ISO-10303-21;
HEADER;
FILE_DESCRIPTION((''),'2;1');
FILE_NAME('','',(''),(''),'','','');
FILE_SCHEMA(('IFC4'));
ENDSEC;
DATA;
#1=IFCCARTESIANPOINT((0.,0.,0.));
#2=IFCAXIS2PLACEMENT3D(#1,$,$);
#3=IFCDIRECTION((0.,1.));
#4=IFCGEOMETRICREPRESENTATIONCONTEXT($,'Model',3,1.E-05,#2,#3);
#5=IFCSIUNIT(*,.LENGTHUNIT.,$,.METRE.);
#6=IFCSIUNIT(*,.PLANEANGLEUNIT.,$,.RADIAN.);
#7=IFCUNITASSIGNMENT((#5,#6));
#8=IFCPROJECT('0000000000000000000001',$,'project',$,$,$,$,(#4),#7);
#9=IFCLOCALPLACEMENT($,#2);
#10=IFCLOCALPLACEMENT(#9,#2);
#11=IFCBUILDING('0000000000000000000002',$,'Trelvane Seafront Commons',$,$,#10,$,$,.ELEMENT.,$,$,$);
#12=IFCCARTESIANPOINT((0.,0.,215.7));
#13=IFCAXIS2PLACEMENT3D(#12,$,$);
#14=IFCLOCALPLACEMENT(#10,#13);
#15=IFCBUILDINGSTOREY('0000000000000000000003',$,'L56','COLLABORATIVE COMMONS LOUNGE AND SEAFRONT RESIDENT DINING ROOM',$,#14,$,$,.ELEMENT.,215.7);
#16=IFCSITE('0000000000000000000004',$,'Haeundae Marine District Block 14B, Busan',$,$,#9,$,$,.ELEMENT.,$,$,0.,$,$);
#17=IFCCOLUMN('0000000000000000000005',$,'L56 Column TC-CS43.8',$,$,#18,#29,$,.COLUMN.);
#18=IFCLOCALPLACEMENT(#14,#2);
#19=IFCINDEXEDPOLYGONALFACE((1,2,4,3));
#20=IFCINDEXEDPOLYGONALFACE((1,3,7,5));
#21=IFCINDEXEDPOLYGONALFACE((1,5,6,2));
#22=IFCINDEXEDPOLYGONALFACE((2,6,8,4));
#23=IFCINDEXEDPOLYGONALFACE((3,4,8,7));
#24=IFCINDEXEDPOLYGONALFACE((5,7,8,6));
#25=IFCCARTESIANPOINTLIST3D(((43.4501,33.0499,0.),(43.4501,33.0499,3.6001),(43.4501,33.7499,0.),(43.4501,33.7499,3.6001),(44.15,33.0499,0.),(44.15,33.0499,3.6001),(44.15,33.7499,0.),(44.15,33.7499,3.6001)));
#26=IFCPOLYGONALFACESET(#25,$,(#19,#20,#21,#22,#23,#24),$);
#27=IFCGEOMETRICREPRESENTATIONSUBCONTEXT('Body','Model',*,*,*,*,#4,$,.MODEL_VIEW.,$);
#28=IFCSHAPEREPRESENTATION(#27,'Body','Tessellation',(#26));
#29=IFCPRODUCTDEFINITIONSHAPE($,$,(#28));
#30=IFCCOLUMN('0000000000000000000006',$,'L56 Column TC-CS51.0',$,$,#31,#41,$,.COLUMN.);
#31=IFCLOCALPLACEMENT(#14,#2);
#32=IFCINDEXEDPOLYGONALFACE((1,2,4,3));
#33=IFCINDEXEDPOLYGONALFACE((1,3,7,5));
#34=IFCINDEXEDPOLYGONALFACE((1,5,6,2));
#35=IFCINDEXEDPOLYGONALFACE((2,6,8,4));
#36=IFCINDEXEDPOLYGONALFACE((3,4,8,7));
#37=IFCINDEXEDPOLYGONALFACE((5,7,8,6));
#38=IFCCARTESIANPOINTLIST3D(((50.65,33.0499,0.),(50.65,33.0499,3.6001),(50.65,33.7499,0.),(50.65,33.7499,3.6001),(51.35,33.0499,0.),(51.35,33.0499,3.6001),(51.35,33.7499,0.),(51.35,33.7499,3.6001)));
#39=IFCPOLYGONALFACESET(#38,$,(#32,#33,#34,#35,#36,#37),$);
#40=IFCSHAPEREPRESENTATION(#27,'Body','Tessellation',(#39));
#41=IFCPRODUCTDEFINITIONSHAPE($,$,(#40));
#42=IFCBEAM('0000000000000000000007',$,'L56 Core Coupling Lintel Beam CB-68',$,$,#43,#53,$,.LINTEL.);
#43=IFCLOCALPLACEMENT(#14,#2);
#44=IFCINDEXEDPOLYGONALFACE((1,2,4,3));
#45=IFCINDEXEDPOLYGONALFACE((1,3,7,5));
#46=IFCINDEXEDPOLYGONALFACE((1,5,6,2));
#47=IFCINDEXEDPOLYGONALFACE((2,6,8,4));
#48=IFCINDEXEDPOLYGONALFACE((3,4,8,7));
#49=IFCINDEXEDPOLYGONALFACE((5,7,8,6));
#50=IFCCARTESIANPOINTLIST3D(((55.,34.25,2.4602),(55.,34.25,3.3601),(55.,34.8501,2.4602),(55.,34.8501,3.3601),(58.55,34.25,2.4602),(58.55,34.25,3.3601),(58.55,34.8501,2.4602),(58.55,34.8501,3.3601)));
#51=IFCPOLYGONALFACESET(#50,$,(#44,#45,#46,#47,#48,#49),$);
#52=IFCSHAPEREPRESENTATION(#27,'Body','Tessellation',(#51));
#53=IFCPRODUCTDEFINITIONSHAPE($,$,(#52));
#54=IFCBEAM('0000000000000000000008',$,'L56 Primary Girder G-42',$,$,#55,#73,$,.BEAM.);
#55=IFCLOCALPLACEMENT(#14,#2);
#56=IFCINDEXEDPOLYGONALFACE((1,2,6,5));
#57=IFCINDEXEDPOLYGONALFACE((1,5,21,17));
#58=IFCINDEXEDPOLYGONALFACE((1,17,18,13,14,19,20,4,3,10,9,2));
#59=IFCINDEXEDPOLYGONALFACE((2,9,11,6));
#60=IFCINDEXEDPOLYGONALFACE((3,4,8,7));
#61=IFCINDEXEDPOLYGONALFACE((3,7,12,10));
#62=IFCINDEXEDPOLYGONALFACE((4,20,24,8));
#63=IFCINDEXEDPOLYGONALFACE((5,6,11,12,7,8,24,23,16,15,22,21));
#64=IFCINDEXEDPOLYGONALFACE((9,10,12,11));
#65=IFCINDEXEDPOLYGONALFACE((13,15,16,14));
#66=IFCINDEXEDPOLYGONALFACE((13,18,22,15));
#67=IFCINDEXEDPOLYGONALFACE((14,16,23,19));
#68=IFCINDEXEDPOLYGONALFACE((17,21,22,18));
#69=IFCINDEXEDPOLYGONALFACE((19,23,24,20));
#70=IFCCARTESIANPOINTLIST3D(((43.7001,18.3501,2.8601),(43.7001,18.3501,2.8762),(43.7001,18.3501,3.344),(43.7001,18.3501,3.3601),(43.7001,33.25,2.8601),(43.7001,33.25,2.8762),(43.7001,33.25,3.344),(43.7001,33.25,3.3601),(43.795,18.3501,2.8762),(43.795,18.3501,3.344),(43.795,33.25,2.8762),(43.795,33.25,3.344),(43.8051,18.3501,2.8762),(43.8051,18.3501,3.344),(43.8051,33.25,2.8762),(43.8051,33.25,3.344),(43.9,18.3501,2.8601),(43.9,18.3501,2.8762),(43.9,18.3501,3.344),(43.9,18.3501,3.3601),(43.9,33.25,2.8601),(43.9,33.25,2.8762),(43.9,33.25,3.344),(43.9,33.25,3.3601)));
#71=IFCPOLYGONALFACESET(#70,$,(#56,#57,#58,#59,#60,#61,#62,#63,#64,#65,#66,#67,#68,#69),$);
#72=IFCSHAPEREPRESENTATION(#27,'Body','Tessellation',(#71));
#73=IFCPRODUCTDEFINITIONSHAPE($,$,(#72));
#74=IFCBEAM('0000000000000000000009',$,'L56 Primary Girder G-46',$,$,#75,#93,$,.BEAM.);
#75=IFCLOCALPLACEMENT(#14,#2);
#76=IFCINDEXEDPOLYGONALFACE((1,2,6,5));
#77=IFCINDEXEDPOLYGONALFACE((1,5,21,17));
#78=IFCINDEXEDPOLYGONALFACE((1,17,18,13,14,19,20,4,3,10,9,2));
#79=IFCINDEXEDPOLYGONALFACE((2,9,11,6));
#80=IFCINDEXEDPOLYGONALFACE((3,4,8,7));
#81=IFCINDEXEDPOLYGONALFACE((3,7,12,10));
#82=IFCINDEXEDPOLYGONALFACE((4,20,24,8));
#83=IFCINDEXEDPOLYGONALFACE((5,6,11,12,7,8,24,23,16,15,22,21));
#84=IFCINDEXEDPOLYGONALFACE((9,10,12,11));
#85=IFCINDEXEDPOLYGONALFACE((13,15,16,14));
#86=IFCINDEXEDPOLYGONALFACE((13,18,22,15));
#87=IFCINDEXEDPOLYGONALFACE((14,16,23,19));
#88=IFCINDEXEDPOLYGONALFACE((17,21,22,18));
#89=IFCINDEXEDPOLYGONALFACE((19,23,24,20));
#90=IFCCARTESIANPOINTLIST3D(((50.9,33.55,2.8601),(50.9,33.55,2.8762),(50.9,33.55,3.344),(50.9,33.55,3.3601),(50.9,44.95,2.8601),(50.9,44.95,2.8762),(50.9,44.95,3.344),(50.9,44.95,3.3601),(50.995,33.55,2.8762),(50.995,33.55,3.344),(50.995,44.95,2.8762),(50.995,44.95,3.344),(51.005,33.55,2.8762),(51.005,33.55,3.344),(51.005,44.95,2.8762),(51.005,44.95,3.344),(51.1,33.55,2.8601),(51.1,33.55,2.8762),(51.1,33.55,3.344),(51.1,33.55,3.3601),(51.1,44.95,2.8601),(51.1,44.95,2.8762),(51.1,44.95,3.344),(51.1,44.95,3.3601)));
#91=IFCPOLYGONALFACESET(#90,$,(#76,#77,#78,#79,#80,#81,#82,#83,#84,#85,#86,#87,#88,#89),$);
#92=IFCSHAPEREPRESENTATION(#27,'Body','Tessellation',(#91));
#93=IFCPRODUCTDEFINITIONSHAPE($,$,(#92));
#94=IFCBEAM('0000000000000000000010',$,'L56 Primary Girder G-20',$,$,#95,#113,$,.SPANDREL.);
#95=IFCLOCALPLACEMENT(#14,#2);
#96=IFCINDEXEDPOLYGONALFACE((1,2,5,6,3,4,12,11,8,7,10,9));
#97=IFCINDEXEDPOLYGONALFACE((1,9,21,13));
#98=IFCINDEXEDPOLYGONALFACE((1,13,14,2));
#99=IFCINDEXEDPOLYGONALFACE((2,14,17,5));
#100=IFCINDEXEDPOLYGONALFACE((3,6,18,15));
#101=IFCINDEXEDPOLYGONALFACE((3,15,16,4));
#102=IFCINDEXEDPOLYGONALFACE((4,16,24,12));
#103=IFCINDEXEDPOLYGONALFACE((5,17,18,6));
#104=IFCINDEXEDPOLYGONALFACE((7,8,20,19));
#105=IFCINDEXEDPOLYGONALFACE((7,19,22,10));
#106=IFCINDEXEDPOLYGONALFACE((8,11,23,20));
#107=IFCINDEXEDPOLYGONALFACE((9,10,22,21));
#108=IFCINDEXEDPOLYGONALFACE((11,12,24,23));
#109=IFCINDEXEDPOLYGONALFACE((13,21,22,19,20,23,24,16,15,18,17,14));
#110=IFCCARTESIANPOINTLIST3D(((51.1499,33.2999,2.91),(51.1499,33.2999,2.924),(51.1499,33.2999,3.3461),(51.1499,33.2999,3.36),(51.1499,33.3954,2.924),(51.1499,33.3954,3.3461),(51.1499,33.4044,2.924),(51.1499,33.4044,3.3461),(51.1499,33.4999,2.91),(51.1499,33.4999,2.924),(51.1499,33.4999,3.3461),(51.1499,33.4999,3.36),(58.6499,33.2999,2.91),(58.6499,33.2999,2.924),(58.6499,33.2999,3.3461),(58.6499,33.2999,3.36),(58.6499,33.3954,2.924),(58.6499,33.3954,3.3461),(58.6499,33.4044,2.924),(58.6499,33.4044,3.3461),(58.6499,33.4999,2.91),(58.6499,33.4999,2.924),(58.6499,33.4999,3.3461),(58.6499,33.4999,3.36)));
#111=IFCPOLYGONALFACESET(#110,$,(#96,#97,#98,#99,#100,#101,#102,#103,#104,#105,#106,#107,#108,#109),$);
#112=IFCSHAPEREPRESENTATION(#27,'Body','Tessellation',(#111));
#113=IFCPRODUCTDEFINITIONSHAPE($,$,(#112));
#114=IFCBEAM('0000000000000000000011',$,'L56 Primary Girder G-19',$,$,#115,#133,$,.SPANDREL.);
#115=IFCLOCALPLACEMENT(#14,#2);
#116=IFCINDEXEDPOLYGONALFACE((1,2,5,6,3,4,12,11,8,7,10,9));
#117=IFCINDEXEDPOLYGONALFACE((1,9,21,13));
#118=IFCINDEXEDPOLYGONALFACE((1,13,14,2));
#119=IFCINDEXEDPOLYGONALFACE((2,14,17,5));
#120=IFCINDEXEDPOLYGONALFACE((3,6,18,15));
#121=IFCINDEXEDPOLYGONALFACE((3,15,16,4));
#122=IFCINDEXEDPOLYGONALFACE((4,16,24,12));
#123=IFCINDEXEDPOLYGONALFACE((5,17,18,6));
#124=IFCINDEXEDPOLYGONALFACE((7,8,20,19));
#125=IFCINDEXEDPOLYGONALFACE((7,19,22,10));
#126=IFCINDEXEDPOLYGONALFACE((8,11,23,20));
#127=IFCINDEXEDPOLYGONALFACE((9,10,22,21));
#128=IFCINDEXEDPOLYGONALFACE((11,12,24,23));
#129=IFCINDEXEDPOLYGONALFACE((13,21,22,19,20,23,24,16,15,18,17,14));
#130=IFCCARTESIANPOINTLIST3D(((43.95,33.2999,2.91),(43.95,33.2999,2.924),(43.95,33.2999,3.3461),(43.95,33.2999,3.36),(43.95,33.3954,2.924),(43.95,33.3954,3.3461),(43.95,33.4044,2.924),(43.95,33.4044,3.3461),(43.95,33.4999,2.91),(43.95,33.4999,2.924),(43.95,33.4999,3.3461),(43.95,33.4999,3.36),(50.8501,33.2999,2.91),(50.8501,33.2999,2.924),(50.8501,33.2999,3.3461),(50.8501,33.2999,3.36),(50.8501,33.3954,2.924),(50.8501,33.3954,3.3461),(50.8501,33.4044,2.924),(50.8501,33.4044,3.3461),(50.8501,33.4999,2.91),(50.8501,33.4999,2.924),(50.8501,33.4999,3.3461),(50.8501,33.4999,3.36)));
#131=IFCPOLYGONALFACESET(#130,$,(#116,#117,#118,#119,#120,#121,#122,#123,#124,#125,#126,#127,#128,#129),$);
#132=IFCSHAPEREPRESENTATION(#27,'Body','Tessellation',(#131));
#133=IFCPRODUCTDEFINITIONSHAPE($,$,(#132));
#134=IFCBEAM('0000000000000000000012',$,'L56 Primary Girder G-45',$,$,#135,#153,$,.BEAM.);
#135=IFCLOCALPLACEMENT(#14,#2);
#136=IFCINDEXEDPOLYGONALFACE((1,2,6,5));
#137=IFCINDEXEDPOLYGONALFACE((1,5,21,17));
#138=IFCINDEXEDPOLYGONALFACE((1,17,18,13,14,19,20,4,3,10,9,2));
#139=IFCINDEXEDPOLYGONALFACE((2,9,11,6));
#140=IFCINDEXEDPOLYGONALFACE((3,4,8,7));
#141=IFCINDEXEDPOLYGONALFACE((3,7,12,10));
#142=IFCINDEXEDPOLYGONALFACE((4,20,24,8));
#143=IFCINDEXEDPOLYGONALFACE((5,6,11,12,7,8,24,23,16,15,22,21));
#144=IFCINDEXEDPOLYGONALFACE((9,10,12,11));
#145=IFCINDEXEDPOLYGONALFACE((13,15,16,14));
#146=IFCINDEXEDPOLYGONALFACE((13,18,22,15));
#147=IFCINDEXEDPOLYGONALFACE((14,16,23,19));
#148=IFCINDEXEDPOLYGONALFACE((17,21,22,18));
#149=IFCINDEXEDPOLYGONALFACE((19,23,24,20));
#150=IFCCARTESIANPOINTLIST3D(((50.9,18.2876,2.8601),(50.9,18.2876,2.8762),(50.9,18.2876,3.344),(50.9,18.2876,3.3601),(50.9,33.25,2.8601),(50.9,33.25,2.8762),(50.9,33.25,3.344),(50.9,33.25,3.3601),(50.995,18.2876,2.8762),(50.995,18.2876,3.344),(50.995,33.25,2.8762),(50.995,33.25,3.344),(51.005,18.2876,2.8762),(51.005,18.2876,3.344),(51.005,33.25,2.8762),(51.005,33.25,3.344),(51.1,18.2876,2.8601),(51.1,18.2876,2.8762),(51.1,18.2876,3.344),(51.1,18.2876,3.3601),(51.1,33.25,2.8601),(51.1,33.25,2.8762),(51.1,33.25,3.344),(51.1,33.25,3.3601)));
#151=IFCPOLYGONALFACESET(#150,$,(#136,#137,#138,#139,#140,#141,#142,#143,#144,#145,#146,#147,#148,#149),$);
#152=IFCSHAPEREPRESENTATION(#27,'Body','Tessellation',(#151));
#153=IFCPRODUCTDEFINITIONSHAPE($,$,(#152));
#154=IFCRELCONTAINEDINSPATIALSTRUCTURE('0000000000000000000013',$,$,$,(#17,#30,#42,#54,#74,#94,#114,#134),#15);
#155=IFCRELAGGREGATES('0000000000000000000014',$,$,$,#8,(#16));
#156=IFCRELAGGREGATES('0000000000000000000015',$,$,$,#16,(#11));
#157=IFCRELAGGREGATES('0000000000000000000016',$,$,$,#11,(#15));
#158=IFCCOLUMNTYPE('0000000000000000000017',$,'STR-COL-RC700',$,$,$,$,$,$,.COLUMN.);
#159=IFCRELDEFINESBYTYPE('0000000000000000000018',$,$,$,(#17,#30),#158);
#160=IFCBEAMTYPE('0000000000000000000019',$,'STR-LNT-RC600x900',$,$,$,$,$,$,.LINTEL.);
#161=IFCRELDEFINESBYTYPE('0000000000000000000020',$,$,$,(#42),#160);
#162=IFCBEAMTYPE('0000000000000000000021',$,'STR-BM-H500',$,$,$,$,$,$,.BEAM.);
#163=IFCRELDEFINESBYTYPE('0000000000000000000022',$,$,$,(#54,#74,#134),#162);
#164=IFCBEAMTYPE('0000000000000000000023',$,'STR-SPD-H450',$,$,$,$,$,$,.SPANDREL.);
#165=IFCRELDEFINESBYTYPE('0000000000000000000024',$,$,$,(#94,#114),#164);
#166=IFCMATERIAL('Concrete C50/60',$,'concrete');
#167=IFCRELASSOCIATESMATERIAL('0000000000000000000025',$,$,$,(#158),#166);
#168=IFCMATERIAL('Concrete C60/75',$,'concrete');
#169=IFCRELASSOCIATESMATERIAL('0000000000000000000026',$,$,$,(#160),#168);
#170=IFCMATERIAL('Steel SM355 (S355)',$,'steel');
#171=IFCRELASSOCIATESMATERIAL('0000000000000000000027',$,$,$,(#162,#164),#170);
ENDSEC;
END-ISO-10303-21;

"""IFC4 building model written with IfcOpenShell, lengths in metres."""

from ifc_helpers import new_model, si_unit, direction, frame, origin, origin_2d, place, context, subcontext, project, spatial, rectangle, i_section, extrude, source, transform, mapped, material, material_profile, profile_set, type_object, element, save


model = new_model("IFC4")

# Units and contexts
model_context = context("Model", 3, precision=1e-05, world=origin(), true_north=direction((0.0, 1.0)))
body_context = subcontext(model_context, "Body", "Model", "MODEL_VIEW")
ifc_project = project(units=[si_unit("LENGTHUNIT", "METRE"), si_unit("PLANEANGLEUNIT", "RADIAN")], contexts=[model_context])

# Site, building, storey
site_placement = place(None, origin())
site = spatial("IfcSite", under=ifc_project, at=site_placement, Name="Haeundae Marine District Block 14B, Busan", CompositionType="ELEMENT", RefElevation=0.0)
building_placement = place(site_placement, origin())
building = spatial("IfcBuilding", under=site, at=building_placement, Name="Trelvane Seafront Commons", CompositionType="ELEMENT")
storey_placement = place(building_placement, frame((0.0, 0.0, 215.7)))
storey = spatial("IfcBuildingStorey", under=building, at=storey_placement, Name="L56", Description="COLLABORATIVE COMMONS LOUNGE AND SEAFRONT RESIDENT DINING ROOM", CompositionType="ELEMENT", Elevation=215.7)

# Columns
ifc_material_1 = material(Name="Concrete C50/60", Category="concrete")
ifc_material_profile_1 = material_profile(ifc_material_1, rectangle(XDim=0.7, YDim=0.7, at=origin_2d()), Name="RC-700x700")
ifc_profile_set_1 = profile_set([ifc_material_profile_1], Name="Concrete C50/60")
column_type = type_object("IfcColumnType", Name="STR-COL-RC700", PredefinedType="COLUMN", material=ifc_profile_set_1)
shared_shape_1 = source(origin(), body_context, "Body", "SweptSolid", [
    extrude(rectangle(XDim=0.7, YDim=0.7, at=origin_2d()), origin(), (0.0, 0.0, 1.0), 3.6001),
])
for number, where, z_axis, x_axis, name in (
    (1, (43.8, 33.3999, 0.0), (0.0, 0.0, 1.0), (1.0, 0.0, 0.0), "L56 Column TC-CS43.8"),
    (2, (51.0, 33.3999, 0.0), (0.0, 0.0, 1.0), (1.0, 0.0, 0.0), "L56 Column TC-CS51.0"),
):
    element("IfcColumn", number, at=place(storey_placement, frame(where, z_axis=z_axis, x_axis=x_axis)), inside=storey, type_object=column_type, Name=name, PredefinedType="COLUMN", context=body_context, shape_type="MappedRepresentation", body=[
        mapped(shared_shape_1, transform((0.0, 0.0, 0.0), x_axis=(1.0, 0.0, 0.0), y_axis=(0.0, 1.0, 0.0), z_axis=(0.0, 0.0, 1.0), scale=1.0)),
    ])

# Beams
ifc_material_2 = material(Name="Concrete C60/75", Category="concrete")
ifc_material_profile_2 = material_profile(ifc_material_2, rectangle(XDim=0.6001, YDim=0.8999, at=origin_2d()), Name="RC-600x900")
ifc_profile_set_2 = profile_set([ifc_material_profile_2], Name="Concrete C60/75")
beam_type_1 = type_object("IfcBeamType", Name="STR-LNT-RC600x900", PredefinedType="LINTEL", material=ifc_profile_set_2)
shared_shape_2 = source(origin(), body_context, "Body", "SweptSolid", [
    extrude(rectangle(XDim=0.6001, YDim=0.8999, at=origin_2d()), origin(), (0.0, 0.0, 1.0), 3.55),
])
beam_1_placement = place(storey_placement, frame((55.0, 34.55, 2.9102), z_axis=(1.0, 0.0, 0.0), x_axis=(0.0, 1.0, 0.0)))
element("IfcBeam", 3, at=beam_1_placement, inside=storey, type_object=beam_type_1, Name="L56 Core Coupling Lintel Beam CB-68", PredefinedType="LINTEL", context=body_context, shape_type="MappedRepresentation", body=[
    mapped(shared_shape_2, transform((0.0, 0.0, 0.0), x_axis=(1.0, 0.0, 0.0), y_axis=(0.0, 1.0, 0.0), z_axis=(0.0, 0.0, 1.0), scale=1.0)),
])
ifc_material_3 = material(Name="Steel SM355 (S355)", Category="steel")
ifc_material_profile_3 = material_profile(ifc_material_3, i_section(OverallWidth=0.2, OverallDepth=0.5, WebThickness=0.01, FlangeThickness=0.0161, at=origin_2d()), Name="H-500x200x10x16")
ifc_profile_set_3 = profile_set([ifc_material_profile_3], Name="Steel SM355 (S355)")
beam_type_2 = type_object("IfcBeamType", Name="STR-BM-H500", PredefinedType="BEAM", material=ifc_profile_set_3)
shared_shape_3 = source(origin(), body_context, "Body", "SweptSolid", [
    extrude(i_section(OverallWidth=0.2, OverallDepth=0.5, WebThickness=0.01, FlangeThickness=0.0161, at=origin_2d()), origin(), (0.0, 0.0, 1.0), 14.8999),
])
beam_2_placement = place(storey_placement, frame((43.8, 18.3501, 3.1101), z_axis=(0.0, 1.0, 0.0), x_axis=(-1.0, 0.0, 0.0)))
element("IfcBeam", 4, at=beam_2_placement, inside=storey, type_object=beam_type_2, Name="L56 Primary Girder G-42", PredefinedType="BEAM", context=body_context, shape_type="MappedRepresentation", body=[
    mapped(shared_shape_3, transform((0.0, 0.0, 0.0), x_axis=(1.0, 0.0, 0.0), y_axis=(0.0, 1.0, 0.0), z_axis=(0.0, 0.0, 1.0), scale=1.0)),
])
shared_shape_4 = source(origin(), body_context, "Body", "SweptSolid", [
    extrude(i_section(OverallWidth=0.2, OverallDepth=0.5, WebThickness=0.01, FlangeThickness=0.0161, at=origin_2d()), origin(), (0.0, 0.0, 1.0), 11.3999),
])
beam_3_placement = place(storey_placement, frame((51.0, 33.55, 3.1101), z_axis=(0.0, 1.0, 0.0), x_axis=(-1.0, 0.0, 0.0)))
element("IfcBeam", 5, at=beam_3_placement, inside=storey, type_object=beam_type_2, Name="L56 Primary Girder G-46", PredefinedType="BEAM", context=body_context, shape_type="MappedRepresentation", body=[
    mapped(shared_shape_4, transform((0.0, 0.0, 0.0), x_axis=(1.0, 0.0, 0.0), y_axis=(0.0, 1.0, 0.0), z_axis=(0.0, 0.0, 1.0), scale=1.0)),
])
ifc_material_profile_4 = material_profile(ifc_material_3, i_section(OverallWidth=0.2, OverallDepth=0.45, WebThickness=0.009, FlangeThickness=0.0139, at=origin_2d()), Name="H-450x200x9x14")
ifc_profile_set_4 = profile_set([ifc_material_profile_4], Name="Steel SM355 (S355)")
beam_type_3 = type_object("IfcBeamType", Name="STR-SPD-H450", PredefinedType="SPANDREL", material=ifc_profile_set_4)
shared_shape_5 = source(origin(), body_context, "Body", "SweptSolid", [
    extrude(i_section(OverallWidth=0.2, OverallDepth=0.45, WebThickness=0.009, FlangeThickness=0.0139, at=origin_2d()), origin(), (0.0, 0.0, 1.0), 7.5),
])
beam_4_placement = place(storey_placement, frame((51.1499, 33.3999, 3.135), z_axis=(1.0, 0.0, 0.0), x_axis=(0.0, 1.0, 0.0)))
element("IfcBeam", 6, at=beam_4_placement, inside=storey, type_object=beam_type_3, Name="L56 Primary Girder G-20", PredefinedType="SPANDREL", context=body_context, shape_type="MappedRepresentation", body=[
    mapped(shared_shape_5, transform((0.0, 0.0, 0.0), x_axis=(1.0, 0.0, 0.0), y_axis=(0.0, 1.0, 0.0), z_axis=(0.0, 0.0, 1.0), scale=1.0)),
])
shared_shape_6 = source(origin(), body_context, "Body", "SweptSolid", [
    extrude(i_section(OverallWidth=0.2, OverallDepth=0.45, WebThickness=0.009, FlangeThickness=0.0139, at=origin_2d()), origin(), (0.0, 0.0, 1.0), 6.9001),
])
beam_5_placement = place(storey_placement, frame((43.95, 33.3999, 3.135), z_axis=(1.0, 0.0, 0.0), x_axis=(0.0, 1.0, 0.0)))
element("IfcBeam", 7, at=beam_5_placement, inside=storey, type_object=beam_type_3, Name="L56 Primary Girder G-19", PredefinedType="SPANDREL", context=body_context, shape_type="MappedRepresentation", body=[
    mapped(shared_shape_6, transform((0.0, 0.0, 0.0), x_axis=(1.0, 0.0, 0.0), y_axis=(0.0, 1.0, 0.0), z_axis=(0.0, 0.0, 1.0), scale=1.0)),
])
shared_shape_7 = source(origin(), body_context, "Body", "SweptSolid", [
    extrude(i_section(OverallWidth=0.2, OverallDepth=0.5, WebThickness=0.01, FlangeThickness=0.0161, at=origin_2d()), origin(), (0.0, 0.0, 1.0), 14.9624),
])
beam_6_placement = place(storey_placement, frame((51.0, 18.2876, 3.1101), z_axis=(0.0, 1.0, 0.0), x_axis=(-1.0, 0.0, 0.0)))
element("IfcBeam", 8, at=beam_6_placement, inside=storey, type_object=beam_type_2, Name="L56 Primary Girder G-45", PredefinedType="BEAM", context=body_context, shape_type="MappedRepresentation", body=[
    mapped(shared_shape_7, transform((0.0, 0.0, 0.0), x_axis=(1.0, 0.0, 0.0), y_axis=(0.0, 1.0, 0.0), z_axis=(0.0, 0.0, 1.0), scale=1.0)),
])

save(model, "model.ifc")
